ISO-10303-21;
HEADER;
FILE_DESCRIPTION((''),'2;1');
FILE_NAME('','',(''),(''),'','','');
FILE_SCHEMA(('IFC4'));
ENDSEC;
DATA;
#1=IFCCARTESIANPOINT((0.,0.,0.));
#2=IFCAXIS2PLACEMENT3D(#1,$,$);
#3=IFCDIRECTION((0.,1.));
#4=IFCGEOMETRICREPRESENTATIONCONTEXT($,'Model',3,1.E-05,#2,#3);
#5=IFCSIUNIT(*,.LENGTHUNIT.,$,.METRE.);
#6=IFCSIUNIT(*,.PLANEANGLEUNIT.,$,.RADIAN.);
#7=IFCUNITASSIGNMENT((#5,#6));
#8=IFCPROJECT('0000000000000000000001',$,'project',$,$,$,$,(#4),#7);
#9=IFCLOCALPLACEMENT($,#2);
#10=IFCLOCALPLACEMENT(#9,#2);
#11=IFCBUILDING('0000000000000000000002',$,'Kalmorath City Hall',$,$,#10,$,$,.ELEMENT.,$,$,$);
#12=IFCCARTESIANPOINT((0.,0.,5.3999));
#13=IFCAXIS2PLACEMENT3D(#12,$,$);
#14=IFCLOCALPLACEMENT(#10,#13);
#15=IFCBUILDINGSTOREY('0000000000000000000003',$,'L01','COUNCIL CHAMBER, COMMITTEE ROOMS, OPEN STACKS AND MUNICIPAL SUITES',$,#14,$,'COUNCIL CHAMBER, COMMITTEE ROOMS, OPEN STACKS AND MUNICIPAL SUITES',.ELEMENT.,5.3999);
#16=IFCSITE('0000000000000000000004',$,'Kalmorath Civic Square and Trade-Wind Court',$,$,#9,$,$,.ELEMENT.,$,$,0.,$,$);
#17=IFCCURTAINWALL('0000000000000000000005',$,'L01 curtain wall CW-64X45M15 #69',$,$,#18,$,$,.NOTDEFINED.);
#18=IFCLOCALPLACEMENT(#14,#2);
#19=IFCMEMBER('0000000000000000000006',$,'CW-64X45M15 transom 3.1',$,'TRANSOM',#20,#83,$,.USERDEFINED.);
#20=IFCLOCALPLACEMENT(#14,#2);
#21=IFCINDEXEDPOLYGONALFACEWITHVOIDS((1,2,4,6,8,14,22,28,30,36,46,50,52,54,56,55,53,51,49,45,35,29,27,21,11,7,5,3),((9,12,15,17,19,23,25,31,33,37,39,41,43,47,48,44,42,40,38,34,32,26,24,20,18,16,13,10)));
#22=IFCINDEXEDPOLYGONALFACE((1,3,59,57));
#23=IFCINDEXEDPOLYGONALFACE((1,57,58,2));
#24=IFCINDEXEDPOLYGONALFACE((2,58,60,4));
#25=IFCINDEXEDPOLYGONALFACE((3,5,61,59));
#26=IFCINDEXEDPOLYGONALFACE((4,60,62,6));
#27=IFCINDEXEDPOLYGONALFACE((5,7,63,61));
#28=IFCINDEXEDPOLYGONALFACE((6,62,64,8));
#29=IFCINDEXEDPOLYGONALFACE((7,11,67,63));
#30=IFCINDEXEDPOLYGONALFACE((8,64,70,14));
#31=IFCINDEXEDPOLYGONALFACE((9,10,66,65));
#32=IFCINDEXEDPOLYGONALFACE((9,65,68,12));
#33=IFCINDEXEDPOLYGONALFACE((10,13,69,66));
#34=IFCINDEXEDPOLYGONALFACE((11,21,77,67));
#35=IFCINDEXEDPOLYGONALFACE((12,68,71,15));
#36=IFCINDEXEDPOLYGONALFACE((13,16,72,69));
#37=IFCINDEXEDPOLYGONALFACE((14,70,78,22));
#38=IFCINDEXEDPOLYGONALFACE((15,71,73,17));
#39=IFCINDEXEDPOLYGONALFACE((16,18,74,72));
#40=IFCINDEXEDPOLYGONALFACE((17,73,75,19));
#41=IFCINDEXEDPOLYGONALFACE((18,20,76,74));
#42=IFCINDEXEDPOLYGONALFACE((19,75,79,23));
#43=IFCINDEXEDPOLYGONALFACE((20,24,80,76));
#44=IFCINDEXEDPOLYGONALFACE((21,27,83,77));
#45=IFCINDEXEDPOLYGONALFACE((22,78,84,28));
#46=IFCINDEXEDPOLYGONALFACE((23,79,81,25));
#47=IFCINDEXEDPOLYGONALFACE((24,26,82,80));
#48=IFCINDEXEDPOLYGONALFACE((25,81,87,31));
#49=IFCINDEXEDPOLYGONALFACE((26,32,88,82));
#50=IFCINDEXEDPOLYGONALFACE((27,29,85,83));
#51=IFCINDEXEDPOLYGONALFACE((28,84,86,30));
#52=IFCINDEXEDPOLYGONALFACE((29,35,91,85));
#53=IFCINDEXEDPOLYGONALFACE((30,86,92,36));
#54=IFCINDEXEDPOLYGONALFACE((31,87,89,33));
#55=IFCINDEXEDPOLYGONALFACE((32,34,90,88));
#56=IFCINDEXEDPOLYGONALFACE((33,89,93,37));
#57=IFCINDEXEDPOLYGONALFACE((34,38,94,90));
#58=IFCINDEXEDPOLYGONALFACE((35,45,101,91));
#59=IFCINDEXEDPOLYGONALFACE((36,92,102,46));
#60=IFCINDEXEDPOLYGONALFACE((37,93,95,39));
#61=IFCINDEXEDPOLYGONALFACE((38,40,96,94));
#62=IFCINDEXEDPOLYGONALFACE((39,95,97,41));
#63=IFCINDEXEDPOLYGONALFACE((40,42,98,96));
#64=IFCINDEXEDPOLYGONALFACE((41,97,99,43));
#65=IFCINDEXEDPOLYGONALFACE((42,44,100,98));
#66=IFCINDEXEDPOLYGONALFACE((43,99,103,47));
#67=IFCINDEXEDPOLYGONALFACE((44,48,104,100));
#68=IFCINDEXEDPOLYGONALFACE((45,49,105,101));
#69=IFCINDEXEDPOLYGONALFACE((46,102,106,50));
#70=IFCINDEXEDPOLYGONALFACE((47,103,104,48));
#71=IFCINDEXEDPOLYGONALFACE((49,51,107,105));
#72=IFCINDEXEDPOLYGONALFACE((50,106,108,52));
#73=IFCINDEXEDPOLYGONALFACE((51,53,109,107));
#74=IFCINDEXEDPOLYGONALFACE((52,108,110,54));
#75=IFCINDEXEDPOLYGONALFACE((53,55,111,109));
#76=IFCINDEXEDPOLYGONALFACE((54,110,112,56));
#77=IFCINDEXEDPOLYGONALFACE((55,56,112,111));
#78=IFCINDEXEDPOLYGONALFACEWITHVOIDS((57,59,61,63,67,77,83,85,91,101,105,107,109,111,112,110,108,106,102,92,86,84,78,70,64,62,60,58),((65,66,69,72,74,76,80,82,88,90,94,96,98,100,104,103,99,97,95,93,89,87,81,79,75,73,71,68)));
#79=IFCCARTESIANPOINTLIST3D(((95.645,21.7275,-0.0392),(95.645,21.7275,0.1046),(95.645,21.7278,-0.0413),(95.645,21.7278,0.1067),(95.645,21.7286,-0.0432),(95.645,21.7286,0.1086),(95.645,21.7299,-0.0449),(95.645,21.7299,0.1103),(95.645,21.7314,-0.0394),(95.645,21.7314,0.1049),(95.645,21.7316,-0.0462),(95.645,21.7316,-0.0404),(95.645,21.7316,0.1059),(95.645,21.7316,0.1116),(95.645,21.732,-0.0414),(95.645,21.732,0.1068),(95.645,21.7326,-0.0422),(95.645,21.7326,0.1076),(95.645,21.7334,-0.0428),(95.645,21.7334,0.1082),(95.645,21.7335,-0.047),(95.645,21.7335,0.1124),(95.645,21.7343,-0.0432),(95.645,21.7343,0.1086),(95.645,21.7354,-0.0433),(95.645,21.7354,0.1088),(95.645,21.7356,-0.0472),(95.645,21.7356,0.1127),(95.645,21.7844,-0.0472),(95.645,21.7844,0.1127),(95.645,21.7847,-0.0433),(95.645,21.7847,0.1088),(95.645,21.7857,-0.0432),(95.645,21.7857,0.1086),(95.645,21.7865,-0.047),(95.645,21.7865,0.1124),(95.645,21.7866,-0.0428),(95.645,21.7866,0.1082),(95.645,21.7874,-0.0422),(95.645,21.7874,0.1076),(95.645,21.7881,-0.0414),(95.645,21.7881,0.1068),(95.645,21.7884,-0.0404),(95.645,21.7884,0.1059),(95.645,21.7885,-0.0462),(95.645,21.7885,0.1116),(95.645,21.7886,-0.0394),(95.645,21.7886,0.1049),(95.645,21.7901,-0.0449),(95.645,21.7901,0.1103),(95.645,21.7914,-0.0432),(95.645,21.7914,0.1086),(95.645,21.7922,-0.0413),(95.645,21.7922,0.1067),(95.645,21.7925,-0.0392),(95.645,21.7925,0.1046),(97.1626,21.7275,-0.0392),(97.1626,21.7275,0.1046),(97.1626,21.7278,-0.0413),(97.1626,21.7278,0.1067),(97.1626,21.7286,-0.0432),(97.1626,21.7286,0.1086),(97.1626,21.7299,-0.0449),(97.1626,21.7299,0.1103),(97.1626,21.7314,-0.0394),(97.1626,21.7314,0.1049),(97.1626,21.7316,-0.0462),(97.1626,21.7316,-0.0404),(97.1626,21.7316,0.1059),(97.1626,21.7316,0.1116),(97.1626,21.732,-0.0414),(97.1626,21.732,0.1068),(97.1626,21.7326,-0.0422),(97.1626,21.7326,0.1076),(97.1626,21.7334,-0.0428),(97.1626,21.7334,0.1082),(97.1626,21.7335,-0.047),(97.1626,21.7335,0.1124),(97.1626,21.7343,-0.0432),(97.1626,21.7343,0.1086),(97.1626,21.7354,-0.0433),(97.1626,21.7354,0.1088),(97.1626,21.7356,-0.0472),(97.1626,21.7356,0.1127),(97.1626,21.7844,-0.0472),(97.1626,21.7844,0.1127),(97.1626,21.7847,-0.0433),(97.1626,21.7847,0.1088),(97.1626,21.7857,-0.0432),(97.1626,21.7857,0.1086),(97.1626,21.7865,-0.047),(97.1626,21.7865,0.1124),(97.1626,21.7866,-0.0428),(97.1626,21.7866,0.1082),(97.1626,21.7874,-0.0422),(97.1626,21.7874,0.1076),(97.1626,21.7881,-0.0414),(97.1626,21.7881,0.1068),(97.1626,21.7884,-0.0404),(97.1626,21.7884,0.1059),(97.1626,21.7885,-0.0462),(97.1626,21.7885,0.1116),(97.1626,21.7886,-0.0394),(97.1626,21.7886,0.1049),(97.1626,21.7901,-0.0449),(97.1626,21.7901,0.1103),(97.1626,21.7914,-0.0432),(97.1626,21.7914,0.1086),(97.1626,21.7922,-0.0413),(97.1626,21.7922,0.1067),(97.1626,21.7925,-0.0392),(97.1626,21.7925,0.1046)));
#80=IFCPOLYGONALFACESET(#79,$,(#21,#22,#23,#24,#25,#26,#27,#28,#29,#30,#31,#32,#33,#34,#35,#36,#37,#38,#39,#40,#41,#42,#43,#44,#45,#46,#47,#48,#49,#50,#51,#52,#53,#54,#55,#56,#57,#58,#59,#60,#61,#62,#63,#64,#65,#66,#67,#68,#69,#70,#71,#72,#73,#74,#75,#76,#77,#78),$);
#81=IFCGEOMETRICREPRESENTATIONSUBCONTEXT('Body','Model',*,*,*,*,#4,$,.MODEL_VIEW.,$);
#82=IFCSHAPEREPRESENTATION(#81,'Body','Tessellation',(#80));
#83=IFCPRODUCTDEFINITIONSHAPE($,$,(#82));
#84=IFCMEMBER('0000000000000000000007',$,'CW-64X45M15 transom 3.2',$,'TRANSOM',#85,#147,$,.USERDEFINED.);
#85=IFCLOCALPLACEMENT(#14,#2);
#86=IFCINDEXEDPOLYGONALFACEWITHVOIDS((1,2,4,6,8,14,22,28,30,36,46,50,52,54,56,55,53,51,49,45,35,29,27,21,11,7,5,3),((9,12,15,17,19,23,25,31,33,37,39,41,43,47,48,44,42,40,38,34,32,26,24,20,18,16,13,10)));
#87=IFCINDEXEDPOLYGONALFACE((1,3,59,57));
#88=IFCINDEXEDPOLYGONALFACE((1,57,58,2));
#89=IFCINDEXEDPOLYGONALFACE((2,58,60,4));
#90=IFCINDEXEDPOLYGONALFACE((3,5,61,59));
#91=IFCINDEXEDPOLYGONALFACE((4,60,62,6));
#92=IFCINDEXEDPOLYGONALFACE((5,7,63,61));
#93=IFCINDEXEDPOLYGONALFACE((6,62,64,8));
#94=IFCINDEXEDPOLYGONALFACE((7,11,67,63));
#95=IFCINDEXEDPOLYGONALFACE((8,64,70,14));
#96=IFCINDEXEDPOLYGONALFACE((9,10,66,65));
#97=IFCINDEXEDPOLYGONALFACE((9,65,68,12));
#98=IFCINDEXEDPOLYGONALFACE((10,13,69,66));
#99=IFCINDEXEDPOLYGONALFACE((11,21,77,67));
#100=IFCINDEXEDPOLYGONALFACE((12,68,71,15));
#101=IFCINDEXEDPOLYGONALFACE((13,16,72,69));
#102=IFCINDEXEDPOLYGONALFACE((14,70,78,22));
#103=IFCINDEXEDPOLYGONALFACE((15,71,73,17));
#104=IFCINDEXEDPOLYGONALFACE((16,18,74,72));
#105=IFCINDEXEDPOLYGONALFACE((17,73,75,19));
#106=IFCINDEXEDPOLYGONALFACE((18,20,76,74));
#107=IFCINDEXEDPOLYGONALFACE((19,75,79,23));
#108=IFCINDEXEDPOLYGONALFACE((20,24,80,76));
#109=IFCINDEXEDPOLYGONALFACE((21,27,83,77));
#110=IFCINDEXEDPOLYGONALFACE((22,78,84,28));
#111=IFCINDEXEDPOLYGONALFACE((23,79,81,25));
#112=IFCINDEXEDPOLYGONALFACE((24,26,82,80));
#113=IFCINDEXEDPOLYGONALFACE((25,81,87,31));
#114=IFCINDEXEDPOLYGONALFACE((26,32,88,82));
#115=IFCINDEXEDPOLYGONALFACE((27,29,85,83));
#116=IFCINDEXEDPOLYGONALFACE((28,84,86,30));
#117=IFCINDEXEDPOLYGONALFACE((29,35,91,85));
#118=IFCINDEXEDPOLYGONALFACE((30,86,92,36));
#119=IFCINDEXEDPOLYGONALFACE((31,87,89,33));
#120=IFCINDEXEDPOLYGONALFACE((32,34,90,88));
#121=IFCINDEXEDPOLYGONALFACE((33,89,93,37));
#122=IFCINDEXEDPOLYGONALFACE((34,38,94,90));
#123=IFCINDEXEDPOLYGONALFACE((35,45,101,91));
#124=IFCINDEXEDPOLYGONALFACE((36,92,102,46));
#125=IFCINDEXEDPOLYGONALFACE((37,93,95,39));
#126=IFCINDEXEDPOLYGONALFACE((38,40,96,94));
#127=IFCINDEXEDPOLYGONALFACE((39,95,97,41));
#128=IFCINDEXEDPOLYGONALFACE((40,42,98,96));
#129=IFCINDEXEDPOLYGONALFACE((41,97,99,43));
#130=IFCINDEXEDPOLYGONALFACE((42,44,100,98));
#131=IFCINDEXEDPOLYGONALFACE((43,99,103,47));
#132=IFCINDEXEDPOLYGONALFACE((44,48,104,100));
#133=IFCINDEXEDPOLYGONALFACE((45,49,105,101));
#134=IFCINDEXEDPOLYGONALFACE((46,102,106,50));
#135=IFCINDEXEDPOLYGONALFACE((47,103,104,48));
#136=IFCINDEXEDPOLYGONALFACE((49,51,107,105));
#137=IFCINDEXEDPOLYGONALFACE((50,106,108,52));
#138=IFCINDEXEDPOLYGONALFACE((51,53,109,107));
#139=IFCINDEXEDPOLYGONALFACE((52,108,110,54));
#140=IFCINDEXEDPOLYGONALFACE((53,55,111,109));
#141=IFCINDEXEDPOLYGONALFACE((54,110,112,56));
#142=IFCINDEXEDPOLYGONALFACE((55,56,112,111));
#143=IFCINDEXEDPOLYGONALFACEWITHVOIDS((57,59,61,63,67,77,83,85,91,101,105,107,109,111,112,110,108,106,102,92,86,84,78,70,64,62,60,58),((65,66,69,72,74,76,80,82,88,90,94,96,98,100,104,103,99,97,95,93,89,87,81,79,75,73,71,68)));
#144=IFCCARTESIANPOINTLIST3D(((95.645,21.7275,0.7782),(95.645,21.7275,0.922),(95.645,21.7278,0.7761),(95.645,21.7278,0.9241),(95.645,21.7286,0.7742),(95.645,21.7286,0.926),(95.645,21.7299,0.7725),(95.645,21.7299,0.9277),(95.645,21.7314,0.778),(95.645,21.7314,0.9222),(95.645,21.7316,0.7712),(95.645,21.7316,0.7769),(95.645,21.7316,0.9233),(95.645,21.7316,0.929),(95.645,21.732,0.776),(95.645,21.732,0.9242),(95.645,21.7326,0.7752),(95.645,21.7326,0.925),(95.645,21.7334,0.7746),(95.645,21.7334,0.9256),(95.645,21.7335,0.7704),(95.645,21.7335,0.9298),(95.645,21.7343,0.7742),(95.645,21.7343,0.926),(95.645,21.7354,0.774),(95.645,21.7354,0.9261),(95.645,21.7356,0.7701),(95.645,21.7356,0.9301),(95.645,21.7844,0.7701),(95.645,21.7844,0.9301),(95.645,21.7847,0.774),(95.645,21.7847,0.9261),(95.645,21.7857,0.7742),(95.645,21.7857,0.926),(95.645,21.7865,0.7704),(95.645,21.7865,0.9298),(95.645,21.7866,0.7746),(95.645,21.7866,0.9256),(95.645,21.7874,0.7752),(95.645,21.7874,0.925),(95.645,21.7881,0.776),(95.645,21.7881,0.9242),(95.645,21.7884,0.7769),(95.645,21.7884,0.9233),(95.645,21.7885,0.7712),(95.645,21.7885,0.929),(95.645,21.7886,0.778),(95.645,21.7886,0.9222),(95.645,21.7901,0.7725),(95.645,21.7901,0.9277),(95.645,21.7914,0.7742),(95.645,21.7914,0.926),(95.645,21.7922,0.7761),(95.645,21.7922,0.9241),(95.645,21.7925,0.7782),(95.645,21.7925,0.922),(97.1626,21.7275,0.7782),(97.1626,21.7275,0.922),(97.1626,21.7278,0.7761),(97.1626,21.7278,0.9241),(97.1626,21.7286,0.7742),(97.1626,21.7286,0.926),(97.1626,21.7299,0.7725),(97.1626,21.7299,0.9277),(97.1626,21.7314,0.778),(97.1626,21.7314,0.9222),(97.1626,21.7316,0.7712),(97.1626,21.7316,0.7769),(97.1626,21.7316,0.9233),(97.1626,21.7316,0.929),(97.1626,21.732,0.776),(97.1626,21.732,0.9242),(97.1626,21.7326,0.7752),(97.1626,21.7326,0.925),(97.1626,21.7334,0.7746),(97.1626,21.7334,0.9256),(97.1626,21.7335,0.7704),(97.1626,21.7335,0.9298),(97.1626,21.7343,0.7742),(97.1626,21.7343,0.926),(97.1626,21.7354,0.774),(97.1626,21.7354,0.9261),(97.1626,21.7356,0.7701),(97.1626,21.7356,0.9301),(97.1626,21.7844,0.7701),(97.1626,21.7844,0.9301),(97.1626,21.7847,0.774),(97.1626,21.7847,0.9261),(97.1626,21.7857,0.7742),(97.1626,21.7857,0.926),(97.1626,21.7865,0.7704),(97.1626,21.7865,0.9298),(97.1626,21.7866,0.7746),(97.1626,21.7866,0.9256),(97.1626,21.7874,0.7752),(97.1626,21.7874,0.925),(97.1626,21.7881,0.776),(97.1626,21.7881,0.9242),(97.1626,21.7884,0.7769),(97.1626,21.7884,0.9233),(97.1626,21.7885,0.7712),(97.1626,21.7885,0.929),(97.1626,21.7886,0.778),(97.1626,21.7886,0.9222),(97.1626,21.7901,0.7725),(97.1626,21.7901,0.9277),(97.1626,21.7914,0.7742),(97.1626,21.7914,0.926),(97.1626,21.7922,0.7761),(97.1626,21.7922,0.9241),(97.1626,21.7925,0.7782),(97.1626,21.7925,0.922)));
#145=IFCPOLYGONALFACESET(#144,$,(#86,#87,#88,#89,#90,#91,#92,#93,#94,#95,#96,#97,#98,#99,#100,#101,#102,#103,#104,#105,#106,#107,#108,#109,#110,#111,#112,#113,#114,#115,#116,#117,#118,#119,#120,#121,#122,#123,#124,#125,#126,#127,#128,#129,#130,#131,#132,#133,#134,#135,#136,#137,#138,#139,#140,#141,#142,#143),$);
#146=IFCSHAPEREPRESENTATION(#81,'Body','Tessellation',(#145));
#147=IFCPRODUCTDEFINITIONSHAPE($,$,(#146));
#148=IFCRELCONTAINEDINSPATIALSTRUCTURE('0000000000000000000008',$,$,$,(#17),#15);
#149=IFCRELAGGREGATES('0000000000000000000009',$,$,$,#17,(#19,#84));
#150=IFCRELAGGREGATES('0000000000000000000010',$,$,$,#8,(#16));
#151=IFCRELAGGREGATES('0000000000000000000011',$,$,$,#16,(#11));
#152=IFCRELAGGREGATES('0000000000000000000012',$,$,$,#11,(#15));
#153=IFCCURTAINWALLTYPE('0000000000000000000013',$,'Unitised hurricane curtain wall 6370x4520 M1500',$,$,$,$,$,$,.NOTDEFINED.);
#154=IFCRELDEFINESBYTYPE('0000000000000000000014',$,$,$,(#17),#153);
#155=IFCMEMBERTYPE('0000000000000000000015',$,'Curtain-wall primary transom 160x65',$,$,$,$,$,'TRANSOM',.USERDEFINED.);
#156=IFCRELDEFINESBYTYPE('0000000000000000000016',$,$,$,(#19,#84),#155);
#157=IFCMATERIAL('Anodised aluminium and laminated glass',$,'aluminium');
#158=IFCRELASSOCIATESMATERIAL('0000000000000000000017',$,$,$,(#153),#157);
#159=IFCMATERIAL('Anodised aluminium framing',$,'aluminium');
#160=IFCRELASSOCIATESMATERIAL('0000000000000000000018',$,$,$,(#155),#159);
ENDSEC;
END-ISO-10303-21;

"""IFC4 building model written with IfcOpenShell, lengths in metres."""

from ifc_helpers import new_model, si_unit, direction, frame, origin, origin_2d, place, context, subcontext, project, spatial, hollow_rectangle, extrude, material, material_profile, profile_set, type_object, element, aggregate, save


model = new_model("IFC4")

# Units and contexts
model_context = context("Model", 3, precision=1e-05, world=origin(), true_north=direction((0.0, 1.0)))
body_context = subcontext(model_context, "Body", "Model", "MODEL_VIEW")
ifc_project = project(units=[si_unit("LENGTHUNIT", "METRE"), si_unit("PLANEANGLEUNIT", "RADIAN")], contexts=[model_context])

# Site, building, storey
site_placement = place(None, origin())
site = spatial("IfcSite", under=ifc_project, at=site_placement, Name="Kalmorath Civic Square and Trade-Wind Court", CompositionType="ELEMENT", RefElevation=0.0)
building_placement = place(site_placement, origin())
building = spatial("IfcBuilding", under=site, at=building_placement, Name="Kalmorath City Hall", CompositionType="ELEMENT")
storey_placement = place(building_placement, frame((0.0, 0.0, 5.3999)))
storey = spatial("IfcBuildingStorey", under=building, at=storey_placement, Name="L01", Description="COUNCIL CHAMBER, COMMITTEE ROOMS, OPEN STACKS AND MUNICIPAL SUITES", LongName="COUNCIL CHAMBER, COMMITTEE ROOMS, OPEN STACKS AND MUNICIPAL SUITES", CompositionType="ELEMENT", Elevation=5.3999)

# Curtain wall
ifc_material_1 = material(Name="Anodised aluminium and laminated glass", Category="aluminium")
curtain_wall_type_1 = type_object("IfcCurtainWallType", Name="Unitised hurricane curtain wall 6370x4520 M1500", PredefinedType="NOTDEFINED", material=ifc_material_1)
curtain_wall_1_placement = place(storey_placement, origin())
curtain_wall_1 = element("IfcCurtainWall", 1, at=curtain_wall_1_placement, inside=storey, type_object=curtain_wall_type_1, Name="L01 curtain wall CW-64X45M15 #69", PredefinedType="NOTDEFINED")

# Members
ifc_material_2 = material(Name="Anodised aluminium framing", Category="aluminium")
ifc_material_profile_1 = material_profile(ifc_material_2, hollow_rectangle(XDim=0.0649, YDim=0.1599, WallThickness=0.0039, InnerFilletRadius=0.0039, OuterFilletRadius=0.0081, at=origin_2d()), Name="ALU-TRN-160X65X4")
ifc_profile_set_1 = profile_set([ifc_material_profile_1], Name="Anodised aluminium framing")
member_type_1 = type_object("IfcMemberType", Name="Curtain-wall primary transom 160x65", ElementType="TRANSOM", PredefinedType="USERDEFINED", material=ifc_profile_set_1)
member_1_placement = place(storey_placement, frame((97.1626, 21.76, 0.0327), z_axis=(-1.0, 0.0, 0.0), x_axis=(0.0, -1.0, 0.0)))
member_1 = element("IfcMember", 2, at=member_1_placement, type_object=member_type_1, Name="CW-64X45M15 transom 3.1", ObjectType="TRANSOM", PredefinedType="USERDEFINED", context=body_context, shape_type="SweptSolid", body=[
    extrude(hollow_rectangle(XDim=0.0649, YDim=0.1599, WallThickness=0.0039, InnerFilletRadius=0.0039, OuterFilletRadius=0.0081, at=origin_2d()), origin(), (0.0, 0.0, 1.0), 1.5176),
])
member_2_placement = place(storey_placement, frame((97.1626, 21.76, 0.8501), z_axis=(-1.0, 0.0, 0.0), x_axis=(0.0, -1.0, 0.0)))
member_2 = element("IfcMember", 3, at=member_2_placement, type_object=member_type_1, Name="CW-64X45M15 transom 3.2", ObjectType="TRANSOM", PredefinedType="USERDEFINED", context=body_context, shape_type="SweptSolid", body=[
    extrude(hollow_rectangle(XDim=0.0649, YDim=0.1599, WallThickness=0.0039, InnerFilletRadius=0.0039, OuterFilletRadius=0.0081, at=origin_2d()), origin(), (0.0, 0.0, 1.0), 1.5176),
])

aggregate(curtain_wall_1, [member_1, member_2])

save(model, "model.ifc")
